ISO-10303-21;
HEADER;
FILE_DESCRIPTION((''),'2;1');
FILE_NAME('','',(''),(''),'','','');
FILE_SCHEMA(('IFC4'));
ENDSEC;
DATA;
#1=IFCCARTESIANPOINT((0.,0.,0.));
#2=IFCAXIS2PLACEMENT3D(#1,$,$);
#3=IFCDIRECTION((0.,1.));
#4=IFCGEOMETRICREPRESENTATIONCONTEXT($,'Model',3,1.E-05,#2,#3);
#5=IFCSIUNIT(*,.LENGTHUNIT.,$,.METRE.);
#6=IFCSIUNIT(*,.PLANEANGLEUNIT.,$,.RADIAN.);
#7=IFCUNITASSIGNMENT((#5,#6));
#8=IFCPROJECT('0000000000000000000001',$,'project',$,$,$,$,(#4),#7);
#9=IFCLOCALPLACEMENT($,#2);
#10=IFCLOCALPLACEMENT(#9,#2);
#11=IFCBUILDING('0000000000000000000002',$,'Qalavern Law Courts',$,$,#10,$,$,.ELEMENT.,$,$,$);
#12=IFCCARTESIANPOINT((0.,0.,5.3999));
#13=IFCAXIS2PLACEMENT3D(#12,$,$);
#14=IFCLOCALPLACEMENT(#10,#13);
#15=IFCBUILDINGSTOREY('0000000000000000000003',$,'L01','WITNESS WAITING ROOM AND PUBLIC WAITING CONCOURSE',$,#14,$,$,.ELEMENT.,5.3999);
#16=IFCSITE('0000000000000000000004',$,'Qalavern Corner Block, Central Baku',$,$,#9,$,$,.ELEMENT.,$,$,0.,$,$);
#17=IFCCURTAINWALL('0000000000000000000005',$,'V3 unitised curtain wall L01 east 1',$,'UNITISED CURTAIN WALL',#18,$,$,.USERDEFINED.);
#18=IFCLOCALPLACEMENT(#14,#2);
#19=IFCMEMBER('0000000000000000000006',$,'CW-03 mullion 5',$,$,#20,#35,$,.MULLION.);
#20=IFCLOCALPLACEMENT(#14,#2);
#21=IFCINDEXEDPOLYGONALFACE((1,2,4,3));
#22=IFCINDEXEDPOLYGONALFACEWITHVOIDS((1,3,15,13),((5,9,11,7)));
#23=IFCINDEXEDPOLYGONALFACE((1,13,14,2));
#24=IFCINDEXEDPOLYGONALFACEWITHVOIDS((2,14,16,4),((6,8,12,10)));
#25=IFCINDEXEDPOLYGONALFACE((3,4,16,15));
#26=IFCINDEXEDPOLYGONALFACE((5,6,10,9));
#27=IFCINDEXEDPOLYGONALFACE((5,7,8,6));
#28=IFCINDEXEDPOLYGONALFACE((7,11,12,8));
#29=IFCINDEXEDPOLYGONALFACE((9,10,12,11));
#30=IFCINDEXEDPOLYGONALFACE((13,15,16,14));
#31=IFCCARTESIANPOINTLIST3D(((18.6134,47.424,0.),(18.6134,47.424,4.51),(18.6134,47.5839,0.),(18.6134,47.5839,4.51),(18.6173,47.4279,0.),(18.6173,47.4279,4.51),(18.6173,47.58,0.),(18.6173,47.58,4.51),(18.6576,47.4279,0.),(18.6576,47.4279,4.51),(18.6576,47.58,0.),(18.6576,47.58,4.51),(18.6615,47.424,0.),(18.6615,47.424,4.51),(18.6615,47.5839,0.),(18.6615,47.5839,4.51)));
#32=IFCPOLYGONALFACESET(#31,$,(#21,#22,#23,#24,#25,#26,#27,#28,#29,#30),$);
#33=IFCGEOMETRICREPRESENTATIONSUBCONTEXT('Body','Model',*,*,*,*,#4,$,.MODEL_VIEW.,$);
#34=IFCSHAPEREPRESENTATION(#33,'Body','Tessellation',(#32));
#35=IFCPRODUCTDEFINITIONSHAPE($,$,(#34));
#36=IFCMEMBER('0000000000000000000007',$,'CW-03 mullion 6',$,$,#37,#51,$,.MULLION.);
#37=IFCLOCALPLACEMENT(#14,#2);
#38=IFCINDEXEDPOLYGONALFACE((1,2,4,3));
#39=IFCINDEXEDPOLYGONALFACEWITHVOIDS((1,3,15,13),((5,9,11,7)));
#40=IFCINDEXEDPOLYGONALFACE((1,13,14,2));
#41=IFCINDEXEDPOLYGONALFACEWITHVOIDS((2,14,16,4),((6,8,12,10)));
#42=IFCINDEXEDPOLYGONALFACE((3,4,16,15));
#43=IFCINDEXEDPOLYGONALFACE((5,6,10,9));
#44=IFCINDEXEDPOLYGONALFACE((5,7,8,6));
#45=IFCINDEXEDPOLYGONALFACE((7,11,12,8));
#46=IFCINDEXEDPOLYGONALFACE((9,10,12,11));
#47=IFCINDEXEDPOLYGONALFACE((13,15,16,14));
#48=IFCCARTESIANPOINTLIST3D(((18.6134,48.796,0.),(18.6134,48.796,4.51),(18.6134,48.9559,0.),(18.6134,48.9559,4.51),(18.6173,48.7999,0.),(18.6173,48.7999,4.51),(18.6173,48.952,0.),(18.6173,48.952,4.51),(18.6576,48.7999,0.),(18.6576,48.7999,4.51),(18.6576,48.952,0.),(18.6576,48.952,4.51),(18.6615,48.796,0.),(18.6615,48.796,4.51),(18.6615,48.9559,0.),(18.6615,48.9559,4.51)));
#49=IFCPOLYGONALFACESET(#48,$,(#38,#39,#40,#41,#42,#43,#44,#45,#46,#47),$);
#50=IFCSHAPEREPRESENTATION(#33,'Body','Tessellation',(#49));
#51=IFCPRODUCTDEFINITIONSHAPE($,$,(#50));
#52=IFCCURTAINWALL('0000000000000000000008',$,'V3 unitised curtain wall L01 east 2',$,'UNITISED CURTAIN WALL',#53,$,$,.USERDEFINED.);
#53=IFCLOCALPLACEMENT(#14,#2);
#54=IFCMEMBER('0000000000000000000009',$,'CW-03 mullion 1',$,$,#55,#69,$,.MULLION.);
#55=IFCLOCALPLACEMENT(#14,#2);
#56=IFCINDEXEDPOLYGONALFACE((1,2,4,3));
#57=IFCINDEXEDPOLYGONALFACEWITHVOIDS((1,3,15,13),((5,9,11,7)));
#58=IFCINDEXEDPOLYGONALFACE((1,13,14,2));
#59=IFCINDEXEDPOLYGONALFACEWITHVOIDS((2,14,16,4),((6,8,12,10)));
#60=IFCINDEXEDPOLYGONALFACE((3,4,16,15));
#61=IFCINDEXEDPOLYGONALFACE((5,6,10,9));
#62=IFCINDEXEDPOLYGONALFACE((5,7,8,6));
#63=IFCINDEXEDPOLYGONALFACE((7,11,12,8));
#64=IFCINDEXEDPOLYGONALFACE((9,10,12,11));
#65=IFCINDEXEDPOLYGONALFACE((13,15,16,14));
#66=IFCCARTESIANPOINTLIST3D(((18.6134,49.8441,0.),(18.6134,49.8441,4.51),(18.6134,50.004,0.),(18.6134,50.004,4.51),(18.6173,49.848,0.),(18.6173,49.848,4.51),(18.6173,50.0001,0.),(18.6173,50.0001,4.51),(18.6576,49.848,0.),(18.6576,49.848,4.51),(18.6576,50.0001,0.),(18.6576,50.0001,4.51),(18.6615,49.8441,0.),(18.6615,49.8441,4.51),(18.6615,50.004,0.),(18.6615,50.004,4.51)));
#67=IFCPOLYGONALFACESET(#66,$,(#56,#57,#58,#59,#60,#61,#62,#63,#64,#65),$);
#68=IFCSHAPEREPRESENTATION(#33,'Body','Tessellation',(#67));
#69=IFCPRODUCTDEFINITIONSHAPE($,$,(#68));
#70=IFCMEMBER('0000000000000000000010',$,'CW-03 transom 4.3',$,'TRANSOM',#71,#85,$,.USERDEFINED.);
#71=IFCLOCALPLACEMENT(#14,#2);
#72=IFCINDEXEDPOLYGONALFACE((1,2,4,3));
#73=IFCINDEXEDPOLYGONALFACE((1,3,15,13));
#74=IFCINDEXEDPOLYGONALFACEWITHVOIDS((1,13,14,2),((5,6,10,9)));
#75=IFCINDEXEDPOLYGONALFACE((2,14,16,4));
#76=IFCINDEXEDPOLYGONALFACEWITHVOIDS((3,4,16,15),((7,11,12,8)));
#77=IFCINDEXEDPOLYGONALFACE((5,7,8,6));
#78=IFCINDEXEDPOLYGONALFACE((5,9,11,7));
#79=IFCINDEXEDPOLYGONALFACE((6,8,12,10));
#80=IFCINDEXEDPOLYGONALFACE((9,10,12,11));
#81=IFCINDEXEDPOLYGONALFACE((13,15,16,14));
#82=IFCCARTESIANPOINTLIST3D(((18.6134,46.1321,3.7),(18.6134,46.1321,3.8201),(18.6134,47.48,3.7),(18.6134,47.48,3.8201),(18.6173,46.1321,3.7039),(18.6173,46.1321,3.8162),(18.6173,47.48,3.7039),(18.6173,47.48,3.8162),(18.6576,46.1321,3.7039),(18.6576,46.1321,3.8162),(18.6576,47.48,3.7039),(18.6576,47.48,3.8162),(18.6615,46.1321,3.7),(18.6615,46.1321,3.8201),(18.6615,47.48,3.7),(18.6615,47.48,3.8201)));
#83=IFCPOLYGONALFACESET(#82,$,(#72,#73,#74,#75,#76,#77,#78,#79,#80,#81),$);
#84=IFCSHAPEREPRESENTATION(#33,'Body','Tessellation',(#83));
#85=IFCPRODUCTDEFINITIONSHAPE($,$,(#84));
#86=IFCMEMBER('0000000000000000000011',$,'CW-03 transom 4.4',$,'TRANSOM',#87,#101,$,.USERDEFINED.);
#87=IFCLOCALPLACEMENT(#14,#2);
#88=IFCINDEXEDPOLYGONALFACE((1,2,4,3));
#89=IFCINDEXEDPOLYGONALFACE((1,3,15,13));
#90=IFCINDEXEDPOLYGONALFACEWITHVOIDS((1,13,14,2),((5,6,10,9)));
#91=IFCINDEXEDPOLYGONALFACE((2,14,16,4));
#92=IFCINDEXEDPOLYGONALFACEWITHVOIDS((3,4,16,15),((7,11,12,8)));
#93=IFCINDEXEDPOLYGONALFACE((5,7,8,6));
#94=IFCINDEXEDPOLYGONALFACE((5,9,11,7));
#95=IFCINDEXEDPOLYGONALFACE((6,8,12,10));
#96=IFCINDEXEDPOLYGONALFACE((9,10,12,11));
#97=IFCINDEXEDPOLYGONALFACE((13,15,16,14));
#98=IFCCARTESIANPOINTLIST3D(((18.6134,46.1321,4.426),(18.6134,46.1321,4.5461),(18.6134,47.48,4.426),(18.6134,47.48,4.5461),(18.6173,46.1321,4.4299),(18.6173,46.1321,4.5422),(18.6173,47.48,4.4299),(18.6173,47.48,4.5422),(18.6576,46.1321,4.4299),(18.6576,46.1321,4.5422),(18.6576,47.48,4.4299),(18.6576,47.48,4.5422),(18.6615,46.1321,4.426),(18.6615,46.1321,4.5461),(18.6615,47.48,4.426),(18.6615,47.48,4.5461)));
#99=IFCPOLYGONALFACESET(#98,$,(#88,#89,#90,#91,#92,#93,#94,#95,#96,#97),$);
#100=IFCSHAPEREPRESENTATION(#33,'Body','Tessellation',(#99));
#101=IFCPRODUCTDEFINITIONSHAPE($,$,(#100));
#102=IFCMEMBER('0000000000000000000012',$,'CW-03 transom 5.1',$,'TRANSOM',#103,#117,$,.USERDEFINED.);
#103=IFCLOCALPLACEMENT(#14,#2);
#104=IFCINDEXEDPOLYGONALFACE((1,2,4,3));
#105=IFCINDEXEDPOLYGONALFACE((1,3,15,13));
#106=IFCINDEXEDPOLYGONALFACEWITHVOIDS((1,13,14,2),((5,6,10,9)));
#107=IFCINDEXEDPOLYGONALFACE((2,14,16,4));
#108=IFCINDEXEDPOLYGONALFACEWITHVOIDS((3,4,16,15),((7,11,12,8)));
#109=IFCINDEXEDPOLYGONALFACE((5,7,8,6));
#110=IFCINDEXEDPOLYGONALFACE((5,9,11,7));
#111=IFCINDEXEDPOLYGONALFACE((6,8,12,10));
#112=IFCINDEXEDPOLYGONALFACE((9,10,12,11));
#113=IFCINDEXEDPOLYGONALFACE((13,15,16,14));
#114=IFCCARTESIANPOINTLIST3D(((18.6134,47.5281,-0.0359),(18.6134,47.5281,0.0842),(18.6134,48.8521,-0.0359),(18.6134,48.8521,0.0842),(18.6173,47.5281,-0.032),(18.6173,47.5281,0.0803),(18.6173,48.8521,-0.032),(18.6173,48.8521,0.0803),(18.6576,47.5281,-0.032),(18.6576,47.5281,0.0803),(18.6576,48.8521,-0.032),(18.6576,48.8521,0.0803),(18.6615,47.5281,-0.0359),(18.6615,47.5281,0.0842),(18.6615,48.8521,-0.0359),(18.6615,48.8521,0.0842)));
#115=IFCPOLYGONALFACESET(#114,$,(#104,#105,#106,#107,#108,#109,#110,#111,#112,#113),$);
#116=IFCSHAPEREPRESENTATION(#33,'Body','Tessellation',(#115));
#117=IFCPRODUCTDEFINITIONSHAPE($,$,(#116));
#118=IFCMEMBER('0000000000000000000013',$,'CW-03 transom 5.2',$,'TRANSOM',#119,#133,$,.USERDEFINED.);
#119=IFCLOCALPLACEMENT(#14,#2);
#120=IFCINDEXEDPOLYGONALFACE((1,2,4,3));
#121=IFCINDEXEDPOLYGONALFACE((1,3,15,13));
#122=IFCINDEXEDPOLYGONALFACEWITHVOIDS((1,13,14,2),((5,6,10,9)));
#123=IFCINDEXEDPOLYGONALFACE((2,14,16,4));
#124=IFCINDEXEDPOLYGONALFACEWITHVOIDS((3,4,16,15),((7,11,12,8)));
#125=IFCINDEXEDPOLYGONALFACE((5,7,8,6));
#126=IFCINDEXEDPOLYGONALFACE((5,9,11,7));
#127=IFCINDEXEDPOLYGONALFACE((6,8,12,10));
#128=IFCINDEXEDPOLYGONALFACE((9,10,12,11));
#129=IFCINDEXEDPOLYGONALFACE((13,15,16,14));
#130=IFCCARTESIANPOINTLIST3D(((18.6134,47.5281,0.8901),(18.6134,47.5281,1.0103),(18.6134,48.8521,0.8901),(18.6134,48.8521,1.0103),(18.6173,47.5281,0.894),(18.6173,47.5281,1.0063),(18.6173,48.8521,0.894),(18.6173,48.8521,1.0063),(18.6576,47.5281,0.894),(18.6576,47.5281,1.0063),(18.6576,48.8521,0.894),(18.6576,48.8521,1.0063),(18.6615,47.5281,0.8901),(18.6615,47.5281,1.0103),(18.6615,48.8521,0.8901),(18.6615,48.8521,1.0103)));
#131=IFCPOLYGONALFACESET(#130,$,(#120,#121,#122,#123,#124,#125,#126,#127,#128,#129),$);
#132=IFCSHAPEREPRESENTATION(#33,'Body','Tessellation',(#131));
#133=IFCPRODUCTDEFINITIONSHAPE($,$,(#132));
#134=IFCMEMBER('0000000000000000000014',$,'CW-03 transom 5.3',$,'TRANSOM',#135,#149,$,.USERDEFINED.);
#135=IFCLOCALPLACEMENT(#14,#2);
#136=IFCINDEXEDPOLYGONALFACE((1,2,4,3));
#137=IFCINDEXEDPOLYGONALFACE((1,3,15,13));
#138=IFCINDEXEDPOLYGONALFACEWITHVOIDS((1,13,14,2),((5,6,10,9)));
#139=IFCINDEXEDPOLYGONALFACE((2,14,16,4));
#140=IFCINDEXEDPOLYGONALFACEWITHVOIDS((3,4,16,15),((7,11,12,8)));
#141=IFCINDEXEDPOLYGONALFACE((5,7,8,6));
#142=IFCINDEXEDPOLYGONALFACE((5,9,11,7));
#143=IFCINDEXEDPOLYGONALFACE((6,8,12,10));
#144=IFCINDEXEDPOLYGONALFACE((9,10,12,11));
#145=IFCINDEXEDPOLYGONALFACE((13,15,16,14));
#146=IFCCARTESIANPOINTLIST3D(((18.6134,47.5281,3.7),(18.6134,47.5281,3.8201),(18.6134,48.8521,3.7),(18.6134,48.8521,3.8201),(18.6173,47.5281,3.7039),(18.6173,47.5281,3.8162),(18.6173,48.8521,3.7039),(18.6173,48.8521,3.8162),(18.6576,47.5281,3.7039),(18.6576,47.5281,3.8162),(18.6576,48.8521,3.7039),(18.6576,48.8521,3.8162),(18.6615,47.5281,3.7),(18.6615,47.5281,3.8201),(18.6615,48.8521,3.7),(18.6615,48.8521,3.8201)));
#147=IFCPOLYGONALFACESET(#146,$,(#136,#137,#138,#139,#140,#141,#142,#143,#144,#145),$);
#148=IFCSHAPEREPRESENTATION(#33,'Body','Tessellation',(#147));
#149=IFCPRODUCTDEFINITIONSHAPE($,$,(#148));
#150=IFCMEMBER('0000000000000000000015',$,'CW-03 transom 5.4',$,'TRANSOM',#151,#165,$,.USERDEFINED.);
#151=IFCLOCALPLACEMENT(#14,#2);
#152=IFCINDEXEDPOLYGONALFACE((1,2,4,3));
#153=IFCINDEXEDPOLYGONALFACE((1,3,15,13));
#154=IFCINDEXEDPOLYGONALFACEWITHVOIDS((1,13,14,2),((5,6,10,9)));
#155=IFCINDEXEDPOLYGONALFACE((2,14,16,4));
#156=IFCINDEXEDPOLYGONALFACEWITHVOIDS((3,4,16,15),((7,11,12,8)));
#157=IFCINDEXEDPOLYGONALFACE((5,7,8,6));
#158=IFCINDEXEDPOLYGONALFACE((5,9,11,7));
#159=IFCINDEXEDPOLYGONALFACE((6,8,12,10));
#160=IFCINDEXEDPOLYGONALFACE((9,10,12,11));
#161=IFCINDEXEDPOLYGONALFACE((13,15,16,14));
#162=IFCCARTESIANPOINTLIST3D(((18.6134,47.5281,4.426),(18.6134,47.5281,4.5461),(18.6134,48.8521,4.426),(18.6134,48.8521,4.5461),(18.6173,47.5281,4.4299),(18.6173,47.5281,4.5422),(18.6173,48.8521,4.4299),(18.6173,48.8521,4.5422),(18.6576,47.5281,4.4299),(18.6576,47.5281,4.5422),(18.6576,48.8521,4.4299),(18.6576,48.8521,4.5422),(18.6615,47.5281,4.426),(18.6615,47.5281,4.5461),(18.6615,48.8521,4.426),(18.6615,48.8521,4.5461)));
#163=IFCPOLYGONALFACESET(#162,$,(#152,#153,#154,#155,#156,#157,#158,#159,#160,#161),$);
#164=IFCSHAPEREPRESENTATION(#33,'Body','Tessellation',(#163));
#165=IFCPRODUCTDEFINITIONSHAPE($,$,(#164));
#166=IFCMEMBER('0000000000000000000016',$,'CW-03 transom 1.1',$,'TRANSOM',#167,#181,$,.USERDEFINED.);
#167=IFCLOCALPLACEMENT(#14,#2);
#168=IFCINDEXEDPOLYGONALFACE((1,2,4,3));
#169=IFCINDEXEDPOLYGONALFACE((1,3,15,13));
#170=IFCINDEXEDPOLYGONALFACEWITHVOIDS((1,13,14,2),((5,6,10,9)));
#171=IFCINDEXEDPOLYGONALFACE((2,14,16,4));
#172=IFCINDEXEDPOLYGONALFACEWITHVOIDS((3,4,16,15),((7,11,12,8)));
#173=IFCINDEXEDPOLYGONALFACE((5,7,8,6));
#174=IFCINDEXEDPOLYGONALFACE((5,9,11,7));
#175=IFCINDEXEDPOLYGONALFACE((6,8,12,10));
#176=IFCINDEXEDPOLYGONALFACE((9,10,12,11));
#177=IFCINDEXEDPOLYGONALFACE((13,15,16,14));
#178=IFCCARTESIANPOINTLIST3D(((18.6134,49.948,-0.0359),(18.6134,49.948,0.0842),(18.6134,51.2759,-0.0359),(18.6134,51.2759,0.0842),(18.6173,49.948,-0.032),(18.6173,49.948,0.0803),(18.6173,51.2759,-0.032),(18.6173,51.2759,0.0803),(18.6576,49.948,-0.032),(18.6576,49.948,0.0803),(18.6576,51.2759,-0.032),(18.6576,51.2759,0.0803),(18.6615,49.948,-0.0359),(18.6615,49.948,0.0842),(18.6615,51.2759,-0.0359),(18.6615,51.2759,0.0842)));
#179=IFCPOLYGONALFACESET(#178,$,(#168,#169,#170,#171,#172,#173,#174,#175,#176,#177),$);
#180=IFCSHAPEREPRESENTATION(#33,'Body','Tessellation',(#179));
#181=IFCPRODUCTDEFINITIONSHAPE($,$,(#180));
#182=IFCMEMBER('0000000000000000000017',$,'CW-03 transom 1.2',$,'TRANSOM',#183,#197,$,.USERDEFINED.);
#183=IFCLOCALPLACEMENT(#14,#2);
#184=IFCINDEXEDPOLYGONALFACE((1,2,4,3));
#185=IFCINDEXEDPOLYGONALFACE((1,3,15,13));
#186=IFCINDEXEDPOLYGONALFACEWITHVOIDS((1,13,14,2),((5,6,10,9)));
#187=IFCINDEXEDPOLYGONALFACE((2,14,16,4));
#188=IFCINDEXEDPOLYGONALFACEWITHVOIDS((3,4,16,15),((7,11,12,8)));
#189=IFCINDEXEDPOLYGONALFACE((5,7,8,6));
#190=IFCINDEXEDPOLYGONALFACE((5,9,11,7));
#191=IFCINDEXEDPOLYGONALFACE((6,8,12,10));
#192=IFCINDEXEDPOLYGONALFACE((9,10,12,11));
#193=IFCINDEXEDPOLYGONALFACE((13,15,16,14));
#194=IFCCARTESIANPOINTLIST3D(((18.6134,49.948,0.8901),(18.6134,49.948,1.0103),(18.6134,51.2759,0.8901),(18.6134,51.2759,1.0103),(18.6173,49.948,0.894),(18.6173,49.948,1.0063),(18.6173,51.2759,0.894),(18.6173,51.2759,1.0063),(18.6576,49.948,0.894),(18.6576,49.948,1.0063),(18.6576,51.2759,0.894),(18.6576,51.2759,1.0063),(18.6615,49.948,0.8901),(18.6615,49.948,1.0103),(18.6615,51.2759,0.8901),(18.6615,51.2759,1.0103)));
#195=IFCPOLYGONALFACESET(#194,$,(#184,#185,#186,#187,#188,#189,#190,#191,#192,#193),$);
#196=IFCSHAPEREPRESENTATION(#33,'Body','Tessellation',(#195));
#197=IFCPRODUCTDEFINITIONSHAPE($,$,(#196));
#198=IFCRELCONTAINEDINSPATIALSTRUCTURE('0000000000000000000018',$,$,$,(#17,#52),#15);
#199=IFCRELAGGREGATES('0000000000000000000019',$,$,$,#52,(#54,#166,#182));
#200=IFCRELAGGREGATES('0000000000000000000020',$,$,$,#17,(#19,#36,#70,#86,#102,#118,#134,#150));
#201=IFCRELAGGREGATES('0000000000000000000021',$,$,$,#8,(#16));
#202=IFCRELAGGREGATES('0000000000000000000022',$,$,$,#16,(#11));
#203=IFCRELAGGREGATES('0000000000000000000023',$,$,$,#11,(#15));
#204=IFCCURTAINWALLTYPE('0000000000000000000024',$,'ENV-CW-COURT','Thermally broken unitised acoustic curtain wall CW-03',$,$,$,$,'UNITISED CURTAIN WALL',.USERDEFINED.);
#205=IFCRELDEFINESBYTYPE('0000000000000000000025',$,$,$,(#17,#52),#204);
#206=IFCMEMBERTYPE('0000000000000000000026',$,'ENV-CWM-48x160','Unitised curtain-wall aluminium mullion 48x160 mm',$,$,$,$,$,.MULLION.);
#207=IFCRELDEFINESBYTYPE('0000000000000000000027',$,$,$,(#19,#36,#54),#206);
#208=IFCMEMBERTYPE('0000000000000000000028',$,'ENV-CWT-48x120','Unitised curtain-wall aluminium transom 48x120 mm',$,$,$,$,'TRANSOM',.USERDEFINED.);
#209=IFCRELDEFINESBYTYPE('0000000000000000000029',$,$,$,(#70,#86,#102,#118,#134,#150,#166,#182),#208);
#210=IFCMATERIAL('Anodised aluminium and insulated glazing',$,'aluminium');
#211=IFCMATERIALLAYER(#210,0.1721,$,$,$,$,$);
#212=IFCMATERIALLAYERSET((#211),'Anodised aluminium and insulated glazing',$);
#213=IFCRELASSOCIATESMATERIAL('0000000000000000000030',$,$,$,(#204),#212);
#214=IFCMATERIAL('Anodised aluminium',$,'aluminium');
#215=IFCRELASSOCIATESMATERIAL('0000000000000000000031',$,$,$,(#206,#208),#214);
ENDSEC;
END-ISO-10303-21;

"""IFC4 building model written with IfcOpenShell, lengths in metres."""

from ifc_helpers import new_model, si_unit, direction, frame, origin, origin_2d, place, context, subcontext, project, spatial, hollow_rectangle, extrude, material, layer, layer_set, material_profile, profile_set, type_object, element, aggregate, save


model = new_model("IFC4")

# Units and contexts
model_context = context("Model", 3, precision=1e-05, world=origin(), true_north=direction((0.0, 1.0)))
body_context = subcontext(model_context, "Body", "Model", "MODEL_VIEW")
ifc_project = project(units=[si_unit("LENGTHUNIT", "METRE"), si_unit("PLANEANGLEUNIT", "RADIAN")], contexts=[model_context])

# Site, building, storey
site_placement = place(None, origin())
site = spatial("IfcSite", under=ifc_project, at=site_placement, Name="Qalavern Corner Block, Central Baku", CompositionType="ELEMENT", RefElevation=0.0)
building_placement = place(site_placement, origin())
building = spatial("IfcBuilding", under=site, at=building_placement, Name="Qalavern Law Courts", CompositionType="ELEMENT")
storey_placement = place(building_placement, frame((0.0, 0.0, 5.3999)))
storey = spatial("IfcBuildingStorey", under=building, at=storey_placement, Name="L01", Description="WITNESS WAITING ROOM AND PUBLIC WAITING CONCOURSE", CompositionType="ELEMENT", Elevation=5.3999)

# Curtain wall, members
ifc_material_1 = material(Name="Anodised aluminium and insulated glazing", Category="aluminium")
ifc_layer_1 = layer(ifc_material_1, 0.1721)
ifc_layer_set_1 = layer_set([ifc_layer_1], Name="Anodised aluminium and insulated glazing")
curtain_wall_type = type_object("IfcCurtainWallType", Name="ENV-CW-COURT", Description="Thermally broken unitised acoustic curtain wall CW-03", ElementType="UNITISED CURTAIN WALL", PredefinedType="USERDEFINED", material=ifc_layer_set_1)
curtain_wall_1_placement = place(storey_placement, origin())
curtain_wall_1 = element("IfcCurtainWall", 1, at=curtain_wall_1_placement, inside=storey, type_object=curtain_wall_type, Name="V3 unitised curtain wall L01 east 1", ObjectType="UNITISED CURTAIN WALL", PredefinedType="USERDEFINED")
ifc_material_2 = material(Name="Anodised aluminium", Category="aluminium")
ifc_material_profile_1 = material_profile(ifc_material_2, hollow_rectangle(XDim=0.0481, YDim=0.1599, WallThickness=0.0039, at=origin_2d()), Name="ALU MULLION 48x160")
ifc_profile_set_1 = profile_set([ifc_material_profile_1], Name="Anodised aluminium")
member_type_1 = type_object("IfcMemberType", Name="ENV-CWM-48x160", Description="Unitised curtain-wall aluminium mullion 48x160 mm", PredefinedType="MULLION", material=ifc_profile_set_1)
member_1_placement = place(storey_placement, frame((18.6375, 47.5039, 0.0), z_axis=(0.0, 0.0, 1.0), x_axis=(-1.0, 0.0, 0.0)))
member_1 = element("IfcMember", 2, at=member_1_placement, type_object=member_type_1, Name="CW-03 mullion 5", PredefinedType="MULLION", context=body_context, shape_type="SweptSolid", body=[
    extrude(hollow_rectangle(XDim=0.0481, YDim=0.1599, WallThickness=0.0039, at=origin_2d()), origin(), (0.0, 0.0, 1.0), 4.51),
])
member_2_placement = place(storey_placement, frame((18.6375, 48.876, 0.0), z_axis=(0.0, 0.0, 1.0), x_axis=(-1.0, 0.0, 0.0)))
member_2 = element("IfcMember", 3, at=member_2_placement, type_object=member_type_1, Name="CW-03 mullion 6", PredefinedType="MULLION", context=body_context, shape_type="SweptSolid", body=[
    extrude(hollow_rectangle(XDim=0.0481, YDim=0.1599, WallThickness=0.0039, at=origin_2d()), origin(), (0.0, 0.0, 1.0), 4.51),
])

# Curtain wall, member
curtain_wall_2_placement = place(storey_placement, origin())
curtain_wall_2 = element("IfcCurtainWall", 4, at=curtain_wall_2_placement, inside=storey, type_object=curtain_wall_type, Name="V3 unitised curtain wall L01 east 2", ObjectType="UNITISED CURTAIN WALL", PredefinedType="USERDEFINED")
member_3_placement = place(storey_placement, frame((18.6375, 49.9241, 0.0), z_axis=(0.0, 0.0, 1.0), x_axis=(-1.0, 0.0, 0.0)))
member_3 = element("IfcMember", 5, at=member_3_placement, type_object=member_type_1, Name="CW-03 mullion 1", PredefinedType="MULLION", context=body_context, shape_type="SweptSolid", body=[
    extrude(hollow_rectangle(XDim=0.0481, YDim=0.1599, WallThickness=0.0039, at=origin_2d()), origin(), (0.0, 0.0, 1.0), 4.51),
])

# Members
ifc_material_profile_2 = material_profile(ifc_material_2, hollow_rectangle(XDim=0.0481, YDim=0.1201, WallThickness=0.0039, at=origin_2d()), Name="ALU TRANSOM 48x120")
ifc_profile_set_2 = profile_set([ifc_material_profile_2], Name="Anodised aluminium")
member_type_2 = type_object("IfcMemberType", Name="ENV-CWT-48x120", Description="Unitised curtain-wall aluminium transom 48x120 mm", ElementType="TRANSOM", PredefinedType="USERDEFINED", material=ifc_profile_set_2)
member_4_placement = place(storey_placement, frame((18.6375, 46.1321, 3.76), z_axis=(0.0, 1.0, 0.0), x_axis=(-1.0, 0.0, 0.0)))
member_4 = element("IfcMember", 6, at=member_4_placement, type_object=member_type_2, Name="CW-03 transom 4.3", ObjectType="TRANSOM", PredefinedType="USERDEFINED", context=body_context, shape_type="SweptSolid", body=[
    extrude(hollow_rectangle(XDim=0.0481, YDim=0.1201, WallThickness=0.0039, at=origin_2d()), origin(), (0.0, 0.0, 1.0), 1.3479),
])
member_5_placement = place(storey_placement, frame((18.6375, 46.1321, 4.4861), z_axis=(0.0, 1.0, 0.0), x_axis=(-1.0, 0.0, 0.0)))
member_5 = element("IfcMember", 7, at=member_5_placement, type_object=member_type_2, Name="CW-03 transom 4.4", ObjectType="TRANSOM", PredefinedType="USERDEFINED", context=body_context, shape_type="SweptSolid", body=[
    extrude(hollow_rectangle(XDim=0.0481, YDim=0.1201, WallThickness=0.0039, at=origin_2d()), origin(), (0.0, 0.0, 1.0), 1.3479),
])
member_6_placement = place(storey_placement, frame((18.6375, 47.5281, 0.0242), z_axis=(0.0, 1.0, 0.0), x_axis=(-1.0, 0.0, 0.0)))
member_6 = element("IfcMember", 8, at=member_6_placement, type_object=member_type_2, Name="CW-03 transom 5.1", ObjectType="TRANSOM", PredefinedType="USERDEFINED", context=body_context, shape_type="SweptSolid", body=[
    extrude(hollow_rectangle(XDim=0.0481, YDim=0.1201, WallThickness=0.0039, at=origin_2d()), origin(), (0.0, 0.0, 1.0), 1.324),
])
member_7_placement = place(storey_placement, frame((18.6375, 47.5281, 0.9502), z_axis=(0.0, 1.0, 0.0), x_axis=(-1.0, 0.0, 0.0)))
member_7 = element("IfcMember", 9, at=member_7_placement, type_object=member_type_2, Name="CW-03 transom 5.2", ObjectType="TRANSOM", PredefinedType="USERDEFINED", context=body_context, shape_type="SweptSolid", body=[
    extrude(hollow_rectangle(XDim=0.0481, YDim=0.1201, WallThickness=0.0039, at=origin_2d()), origin(), (0.0, 0.0, 1.0), 1.324),
])
member_8_placement = place(storey_placement, frame((18.6375, 47.5281, 3.76), z_axis=(0.0, 1.0, 0.0), x_axis=(-1.0, 0.0, 0.0)))
member_8 = element("IfcMember", 10, at=member_8_placement, type_object=member_type_2, Name="CW-03 transom 5.3", ObjectType="TRANSOM", PredefinedType="USERDEFINED", context=body_context, shape_type="SweptSolid", body=[
    extrude(hollow_rectangle(XDim=0.0481, YDim=0.1201, WallThickness=0.0039, at=origin_2d()), origin(), (0.0, 0.0, 1.0), 1.324),
])
member_9_placement = place(storey_placement, frame((18.6375, 47.5281, 4.4861), z_axis=(0.0, 1.0, 0.0), x_axis=(-1.0, 0.0, 0.0)))
member_9 = element("IfcMember", 11, at=member_9_placement, type_object=member_type_2, Name="CW-03 transom 5.4", ObjectType="TRANSOM", PredefinedType="USERDEFINED", context=body_context, shape_type="SweptSolid", body=[
    extrude(hollow_rectangle(XDim=0.0481, YDim=0.1201, WallThickness=0.0039, at=origin_2d()), origin(), (0.0, 0.0, 1.0), 1.324),
])
member_10_placement = place(storey_placement, frame((18.6375, 49.948, 0.0242), z_axis=(0.0, 1.0, 0.0), x_axis=(-1.0, 0.0, 0.0)))
member_10 = element("IfcMember", 12, at=member_10_placement, type_object=member_type_2, Name="CW-03 transom 1.1", ObjectType="TRANSOM", PredefinedType="USERDEFINED", context=body_context, shape_type="SweptSolid", body=[
    extrude(hollow_rectangle(XDim=0.0481, YDim=0.1201, WallThickness=0.0039, at=origin_2d()), origin(), (0.0, 0.0, 1.0), 1.3279),
])
member_11_placement = place(storey_placement, frame((18.6375, 49.948, 0.9502), z_axis=(0.0, 1.0, 0.0), x_axis=(-1.0, 0.0, 0.0)))
member_11 = element("IfcMember", 13, at=member_11_placement, type_object=member_type_2, Name="CW-03 transom 1.2", ObjectType="TRANSOM", PredefinedType="USERDEFINED", context=body_context, shape_type="SweptSolid", body=[
    extrude(hollow_rectangle(XDim=0.0481, YDim=0.1201, WallThickness=0.0039, at=origin_2d()), origin(), (0.0, 0.0, 1.0), 1.3279),
])
aggregate(curtain_wall_2, [member_3, member_10, member_11])

aggregate(curtain_wall_1, [member_1, member_2, member_4, member_5, member_6, member_7, member_8, member_9])

save(model, "model.ifc")
